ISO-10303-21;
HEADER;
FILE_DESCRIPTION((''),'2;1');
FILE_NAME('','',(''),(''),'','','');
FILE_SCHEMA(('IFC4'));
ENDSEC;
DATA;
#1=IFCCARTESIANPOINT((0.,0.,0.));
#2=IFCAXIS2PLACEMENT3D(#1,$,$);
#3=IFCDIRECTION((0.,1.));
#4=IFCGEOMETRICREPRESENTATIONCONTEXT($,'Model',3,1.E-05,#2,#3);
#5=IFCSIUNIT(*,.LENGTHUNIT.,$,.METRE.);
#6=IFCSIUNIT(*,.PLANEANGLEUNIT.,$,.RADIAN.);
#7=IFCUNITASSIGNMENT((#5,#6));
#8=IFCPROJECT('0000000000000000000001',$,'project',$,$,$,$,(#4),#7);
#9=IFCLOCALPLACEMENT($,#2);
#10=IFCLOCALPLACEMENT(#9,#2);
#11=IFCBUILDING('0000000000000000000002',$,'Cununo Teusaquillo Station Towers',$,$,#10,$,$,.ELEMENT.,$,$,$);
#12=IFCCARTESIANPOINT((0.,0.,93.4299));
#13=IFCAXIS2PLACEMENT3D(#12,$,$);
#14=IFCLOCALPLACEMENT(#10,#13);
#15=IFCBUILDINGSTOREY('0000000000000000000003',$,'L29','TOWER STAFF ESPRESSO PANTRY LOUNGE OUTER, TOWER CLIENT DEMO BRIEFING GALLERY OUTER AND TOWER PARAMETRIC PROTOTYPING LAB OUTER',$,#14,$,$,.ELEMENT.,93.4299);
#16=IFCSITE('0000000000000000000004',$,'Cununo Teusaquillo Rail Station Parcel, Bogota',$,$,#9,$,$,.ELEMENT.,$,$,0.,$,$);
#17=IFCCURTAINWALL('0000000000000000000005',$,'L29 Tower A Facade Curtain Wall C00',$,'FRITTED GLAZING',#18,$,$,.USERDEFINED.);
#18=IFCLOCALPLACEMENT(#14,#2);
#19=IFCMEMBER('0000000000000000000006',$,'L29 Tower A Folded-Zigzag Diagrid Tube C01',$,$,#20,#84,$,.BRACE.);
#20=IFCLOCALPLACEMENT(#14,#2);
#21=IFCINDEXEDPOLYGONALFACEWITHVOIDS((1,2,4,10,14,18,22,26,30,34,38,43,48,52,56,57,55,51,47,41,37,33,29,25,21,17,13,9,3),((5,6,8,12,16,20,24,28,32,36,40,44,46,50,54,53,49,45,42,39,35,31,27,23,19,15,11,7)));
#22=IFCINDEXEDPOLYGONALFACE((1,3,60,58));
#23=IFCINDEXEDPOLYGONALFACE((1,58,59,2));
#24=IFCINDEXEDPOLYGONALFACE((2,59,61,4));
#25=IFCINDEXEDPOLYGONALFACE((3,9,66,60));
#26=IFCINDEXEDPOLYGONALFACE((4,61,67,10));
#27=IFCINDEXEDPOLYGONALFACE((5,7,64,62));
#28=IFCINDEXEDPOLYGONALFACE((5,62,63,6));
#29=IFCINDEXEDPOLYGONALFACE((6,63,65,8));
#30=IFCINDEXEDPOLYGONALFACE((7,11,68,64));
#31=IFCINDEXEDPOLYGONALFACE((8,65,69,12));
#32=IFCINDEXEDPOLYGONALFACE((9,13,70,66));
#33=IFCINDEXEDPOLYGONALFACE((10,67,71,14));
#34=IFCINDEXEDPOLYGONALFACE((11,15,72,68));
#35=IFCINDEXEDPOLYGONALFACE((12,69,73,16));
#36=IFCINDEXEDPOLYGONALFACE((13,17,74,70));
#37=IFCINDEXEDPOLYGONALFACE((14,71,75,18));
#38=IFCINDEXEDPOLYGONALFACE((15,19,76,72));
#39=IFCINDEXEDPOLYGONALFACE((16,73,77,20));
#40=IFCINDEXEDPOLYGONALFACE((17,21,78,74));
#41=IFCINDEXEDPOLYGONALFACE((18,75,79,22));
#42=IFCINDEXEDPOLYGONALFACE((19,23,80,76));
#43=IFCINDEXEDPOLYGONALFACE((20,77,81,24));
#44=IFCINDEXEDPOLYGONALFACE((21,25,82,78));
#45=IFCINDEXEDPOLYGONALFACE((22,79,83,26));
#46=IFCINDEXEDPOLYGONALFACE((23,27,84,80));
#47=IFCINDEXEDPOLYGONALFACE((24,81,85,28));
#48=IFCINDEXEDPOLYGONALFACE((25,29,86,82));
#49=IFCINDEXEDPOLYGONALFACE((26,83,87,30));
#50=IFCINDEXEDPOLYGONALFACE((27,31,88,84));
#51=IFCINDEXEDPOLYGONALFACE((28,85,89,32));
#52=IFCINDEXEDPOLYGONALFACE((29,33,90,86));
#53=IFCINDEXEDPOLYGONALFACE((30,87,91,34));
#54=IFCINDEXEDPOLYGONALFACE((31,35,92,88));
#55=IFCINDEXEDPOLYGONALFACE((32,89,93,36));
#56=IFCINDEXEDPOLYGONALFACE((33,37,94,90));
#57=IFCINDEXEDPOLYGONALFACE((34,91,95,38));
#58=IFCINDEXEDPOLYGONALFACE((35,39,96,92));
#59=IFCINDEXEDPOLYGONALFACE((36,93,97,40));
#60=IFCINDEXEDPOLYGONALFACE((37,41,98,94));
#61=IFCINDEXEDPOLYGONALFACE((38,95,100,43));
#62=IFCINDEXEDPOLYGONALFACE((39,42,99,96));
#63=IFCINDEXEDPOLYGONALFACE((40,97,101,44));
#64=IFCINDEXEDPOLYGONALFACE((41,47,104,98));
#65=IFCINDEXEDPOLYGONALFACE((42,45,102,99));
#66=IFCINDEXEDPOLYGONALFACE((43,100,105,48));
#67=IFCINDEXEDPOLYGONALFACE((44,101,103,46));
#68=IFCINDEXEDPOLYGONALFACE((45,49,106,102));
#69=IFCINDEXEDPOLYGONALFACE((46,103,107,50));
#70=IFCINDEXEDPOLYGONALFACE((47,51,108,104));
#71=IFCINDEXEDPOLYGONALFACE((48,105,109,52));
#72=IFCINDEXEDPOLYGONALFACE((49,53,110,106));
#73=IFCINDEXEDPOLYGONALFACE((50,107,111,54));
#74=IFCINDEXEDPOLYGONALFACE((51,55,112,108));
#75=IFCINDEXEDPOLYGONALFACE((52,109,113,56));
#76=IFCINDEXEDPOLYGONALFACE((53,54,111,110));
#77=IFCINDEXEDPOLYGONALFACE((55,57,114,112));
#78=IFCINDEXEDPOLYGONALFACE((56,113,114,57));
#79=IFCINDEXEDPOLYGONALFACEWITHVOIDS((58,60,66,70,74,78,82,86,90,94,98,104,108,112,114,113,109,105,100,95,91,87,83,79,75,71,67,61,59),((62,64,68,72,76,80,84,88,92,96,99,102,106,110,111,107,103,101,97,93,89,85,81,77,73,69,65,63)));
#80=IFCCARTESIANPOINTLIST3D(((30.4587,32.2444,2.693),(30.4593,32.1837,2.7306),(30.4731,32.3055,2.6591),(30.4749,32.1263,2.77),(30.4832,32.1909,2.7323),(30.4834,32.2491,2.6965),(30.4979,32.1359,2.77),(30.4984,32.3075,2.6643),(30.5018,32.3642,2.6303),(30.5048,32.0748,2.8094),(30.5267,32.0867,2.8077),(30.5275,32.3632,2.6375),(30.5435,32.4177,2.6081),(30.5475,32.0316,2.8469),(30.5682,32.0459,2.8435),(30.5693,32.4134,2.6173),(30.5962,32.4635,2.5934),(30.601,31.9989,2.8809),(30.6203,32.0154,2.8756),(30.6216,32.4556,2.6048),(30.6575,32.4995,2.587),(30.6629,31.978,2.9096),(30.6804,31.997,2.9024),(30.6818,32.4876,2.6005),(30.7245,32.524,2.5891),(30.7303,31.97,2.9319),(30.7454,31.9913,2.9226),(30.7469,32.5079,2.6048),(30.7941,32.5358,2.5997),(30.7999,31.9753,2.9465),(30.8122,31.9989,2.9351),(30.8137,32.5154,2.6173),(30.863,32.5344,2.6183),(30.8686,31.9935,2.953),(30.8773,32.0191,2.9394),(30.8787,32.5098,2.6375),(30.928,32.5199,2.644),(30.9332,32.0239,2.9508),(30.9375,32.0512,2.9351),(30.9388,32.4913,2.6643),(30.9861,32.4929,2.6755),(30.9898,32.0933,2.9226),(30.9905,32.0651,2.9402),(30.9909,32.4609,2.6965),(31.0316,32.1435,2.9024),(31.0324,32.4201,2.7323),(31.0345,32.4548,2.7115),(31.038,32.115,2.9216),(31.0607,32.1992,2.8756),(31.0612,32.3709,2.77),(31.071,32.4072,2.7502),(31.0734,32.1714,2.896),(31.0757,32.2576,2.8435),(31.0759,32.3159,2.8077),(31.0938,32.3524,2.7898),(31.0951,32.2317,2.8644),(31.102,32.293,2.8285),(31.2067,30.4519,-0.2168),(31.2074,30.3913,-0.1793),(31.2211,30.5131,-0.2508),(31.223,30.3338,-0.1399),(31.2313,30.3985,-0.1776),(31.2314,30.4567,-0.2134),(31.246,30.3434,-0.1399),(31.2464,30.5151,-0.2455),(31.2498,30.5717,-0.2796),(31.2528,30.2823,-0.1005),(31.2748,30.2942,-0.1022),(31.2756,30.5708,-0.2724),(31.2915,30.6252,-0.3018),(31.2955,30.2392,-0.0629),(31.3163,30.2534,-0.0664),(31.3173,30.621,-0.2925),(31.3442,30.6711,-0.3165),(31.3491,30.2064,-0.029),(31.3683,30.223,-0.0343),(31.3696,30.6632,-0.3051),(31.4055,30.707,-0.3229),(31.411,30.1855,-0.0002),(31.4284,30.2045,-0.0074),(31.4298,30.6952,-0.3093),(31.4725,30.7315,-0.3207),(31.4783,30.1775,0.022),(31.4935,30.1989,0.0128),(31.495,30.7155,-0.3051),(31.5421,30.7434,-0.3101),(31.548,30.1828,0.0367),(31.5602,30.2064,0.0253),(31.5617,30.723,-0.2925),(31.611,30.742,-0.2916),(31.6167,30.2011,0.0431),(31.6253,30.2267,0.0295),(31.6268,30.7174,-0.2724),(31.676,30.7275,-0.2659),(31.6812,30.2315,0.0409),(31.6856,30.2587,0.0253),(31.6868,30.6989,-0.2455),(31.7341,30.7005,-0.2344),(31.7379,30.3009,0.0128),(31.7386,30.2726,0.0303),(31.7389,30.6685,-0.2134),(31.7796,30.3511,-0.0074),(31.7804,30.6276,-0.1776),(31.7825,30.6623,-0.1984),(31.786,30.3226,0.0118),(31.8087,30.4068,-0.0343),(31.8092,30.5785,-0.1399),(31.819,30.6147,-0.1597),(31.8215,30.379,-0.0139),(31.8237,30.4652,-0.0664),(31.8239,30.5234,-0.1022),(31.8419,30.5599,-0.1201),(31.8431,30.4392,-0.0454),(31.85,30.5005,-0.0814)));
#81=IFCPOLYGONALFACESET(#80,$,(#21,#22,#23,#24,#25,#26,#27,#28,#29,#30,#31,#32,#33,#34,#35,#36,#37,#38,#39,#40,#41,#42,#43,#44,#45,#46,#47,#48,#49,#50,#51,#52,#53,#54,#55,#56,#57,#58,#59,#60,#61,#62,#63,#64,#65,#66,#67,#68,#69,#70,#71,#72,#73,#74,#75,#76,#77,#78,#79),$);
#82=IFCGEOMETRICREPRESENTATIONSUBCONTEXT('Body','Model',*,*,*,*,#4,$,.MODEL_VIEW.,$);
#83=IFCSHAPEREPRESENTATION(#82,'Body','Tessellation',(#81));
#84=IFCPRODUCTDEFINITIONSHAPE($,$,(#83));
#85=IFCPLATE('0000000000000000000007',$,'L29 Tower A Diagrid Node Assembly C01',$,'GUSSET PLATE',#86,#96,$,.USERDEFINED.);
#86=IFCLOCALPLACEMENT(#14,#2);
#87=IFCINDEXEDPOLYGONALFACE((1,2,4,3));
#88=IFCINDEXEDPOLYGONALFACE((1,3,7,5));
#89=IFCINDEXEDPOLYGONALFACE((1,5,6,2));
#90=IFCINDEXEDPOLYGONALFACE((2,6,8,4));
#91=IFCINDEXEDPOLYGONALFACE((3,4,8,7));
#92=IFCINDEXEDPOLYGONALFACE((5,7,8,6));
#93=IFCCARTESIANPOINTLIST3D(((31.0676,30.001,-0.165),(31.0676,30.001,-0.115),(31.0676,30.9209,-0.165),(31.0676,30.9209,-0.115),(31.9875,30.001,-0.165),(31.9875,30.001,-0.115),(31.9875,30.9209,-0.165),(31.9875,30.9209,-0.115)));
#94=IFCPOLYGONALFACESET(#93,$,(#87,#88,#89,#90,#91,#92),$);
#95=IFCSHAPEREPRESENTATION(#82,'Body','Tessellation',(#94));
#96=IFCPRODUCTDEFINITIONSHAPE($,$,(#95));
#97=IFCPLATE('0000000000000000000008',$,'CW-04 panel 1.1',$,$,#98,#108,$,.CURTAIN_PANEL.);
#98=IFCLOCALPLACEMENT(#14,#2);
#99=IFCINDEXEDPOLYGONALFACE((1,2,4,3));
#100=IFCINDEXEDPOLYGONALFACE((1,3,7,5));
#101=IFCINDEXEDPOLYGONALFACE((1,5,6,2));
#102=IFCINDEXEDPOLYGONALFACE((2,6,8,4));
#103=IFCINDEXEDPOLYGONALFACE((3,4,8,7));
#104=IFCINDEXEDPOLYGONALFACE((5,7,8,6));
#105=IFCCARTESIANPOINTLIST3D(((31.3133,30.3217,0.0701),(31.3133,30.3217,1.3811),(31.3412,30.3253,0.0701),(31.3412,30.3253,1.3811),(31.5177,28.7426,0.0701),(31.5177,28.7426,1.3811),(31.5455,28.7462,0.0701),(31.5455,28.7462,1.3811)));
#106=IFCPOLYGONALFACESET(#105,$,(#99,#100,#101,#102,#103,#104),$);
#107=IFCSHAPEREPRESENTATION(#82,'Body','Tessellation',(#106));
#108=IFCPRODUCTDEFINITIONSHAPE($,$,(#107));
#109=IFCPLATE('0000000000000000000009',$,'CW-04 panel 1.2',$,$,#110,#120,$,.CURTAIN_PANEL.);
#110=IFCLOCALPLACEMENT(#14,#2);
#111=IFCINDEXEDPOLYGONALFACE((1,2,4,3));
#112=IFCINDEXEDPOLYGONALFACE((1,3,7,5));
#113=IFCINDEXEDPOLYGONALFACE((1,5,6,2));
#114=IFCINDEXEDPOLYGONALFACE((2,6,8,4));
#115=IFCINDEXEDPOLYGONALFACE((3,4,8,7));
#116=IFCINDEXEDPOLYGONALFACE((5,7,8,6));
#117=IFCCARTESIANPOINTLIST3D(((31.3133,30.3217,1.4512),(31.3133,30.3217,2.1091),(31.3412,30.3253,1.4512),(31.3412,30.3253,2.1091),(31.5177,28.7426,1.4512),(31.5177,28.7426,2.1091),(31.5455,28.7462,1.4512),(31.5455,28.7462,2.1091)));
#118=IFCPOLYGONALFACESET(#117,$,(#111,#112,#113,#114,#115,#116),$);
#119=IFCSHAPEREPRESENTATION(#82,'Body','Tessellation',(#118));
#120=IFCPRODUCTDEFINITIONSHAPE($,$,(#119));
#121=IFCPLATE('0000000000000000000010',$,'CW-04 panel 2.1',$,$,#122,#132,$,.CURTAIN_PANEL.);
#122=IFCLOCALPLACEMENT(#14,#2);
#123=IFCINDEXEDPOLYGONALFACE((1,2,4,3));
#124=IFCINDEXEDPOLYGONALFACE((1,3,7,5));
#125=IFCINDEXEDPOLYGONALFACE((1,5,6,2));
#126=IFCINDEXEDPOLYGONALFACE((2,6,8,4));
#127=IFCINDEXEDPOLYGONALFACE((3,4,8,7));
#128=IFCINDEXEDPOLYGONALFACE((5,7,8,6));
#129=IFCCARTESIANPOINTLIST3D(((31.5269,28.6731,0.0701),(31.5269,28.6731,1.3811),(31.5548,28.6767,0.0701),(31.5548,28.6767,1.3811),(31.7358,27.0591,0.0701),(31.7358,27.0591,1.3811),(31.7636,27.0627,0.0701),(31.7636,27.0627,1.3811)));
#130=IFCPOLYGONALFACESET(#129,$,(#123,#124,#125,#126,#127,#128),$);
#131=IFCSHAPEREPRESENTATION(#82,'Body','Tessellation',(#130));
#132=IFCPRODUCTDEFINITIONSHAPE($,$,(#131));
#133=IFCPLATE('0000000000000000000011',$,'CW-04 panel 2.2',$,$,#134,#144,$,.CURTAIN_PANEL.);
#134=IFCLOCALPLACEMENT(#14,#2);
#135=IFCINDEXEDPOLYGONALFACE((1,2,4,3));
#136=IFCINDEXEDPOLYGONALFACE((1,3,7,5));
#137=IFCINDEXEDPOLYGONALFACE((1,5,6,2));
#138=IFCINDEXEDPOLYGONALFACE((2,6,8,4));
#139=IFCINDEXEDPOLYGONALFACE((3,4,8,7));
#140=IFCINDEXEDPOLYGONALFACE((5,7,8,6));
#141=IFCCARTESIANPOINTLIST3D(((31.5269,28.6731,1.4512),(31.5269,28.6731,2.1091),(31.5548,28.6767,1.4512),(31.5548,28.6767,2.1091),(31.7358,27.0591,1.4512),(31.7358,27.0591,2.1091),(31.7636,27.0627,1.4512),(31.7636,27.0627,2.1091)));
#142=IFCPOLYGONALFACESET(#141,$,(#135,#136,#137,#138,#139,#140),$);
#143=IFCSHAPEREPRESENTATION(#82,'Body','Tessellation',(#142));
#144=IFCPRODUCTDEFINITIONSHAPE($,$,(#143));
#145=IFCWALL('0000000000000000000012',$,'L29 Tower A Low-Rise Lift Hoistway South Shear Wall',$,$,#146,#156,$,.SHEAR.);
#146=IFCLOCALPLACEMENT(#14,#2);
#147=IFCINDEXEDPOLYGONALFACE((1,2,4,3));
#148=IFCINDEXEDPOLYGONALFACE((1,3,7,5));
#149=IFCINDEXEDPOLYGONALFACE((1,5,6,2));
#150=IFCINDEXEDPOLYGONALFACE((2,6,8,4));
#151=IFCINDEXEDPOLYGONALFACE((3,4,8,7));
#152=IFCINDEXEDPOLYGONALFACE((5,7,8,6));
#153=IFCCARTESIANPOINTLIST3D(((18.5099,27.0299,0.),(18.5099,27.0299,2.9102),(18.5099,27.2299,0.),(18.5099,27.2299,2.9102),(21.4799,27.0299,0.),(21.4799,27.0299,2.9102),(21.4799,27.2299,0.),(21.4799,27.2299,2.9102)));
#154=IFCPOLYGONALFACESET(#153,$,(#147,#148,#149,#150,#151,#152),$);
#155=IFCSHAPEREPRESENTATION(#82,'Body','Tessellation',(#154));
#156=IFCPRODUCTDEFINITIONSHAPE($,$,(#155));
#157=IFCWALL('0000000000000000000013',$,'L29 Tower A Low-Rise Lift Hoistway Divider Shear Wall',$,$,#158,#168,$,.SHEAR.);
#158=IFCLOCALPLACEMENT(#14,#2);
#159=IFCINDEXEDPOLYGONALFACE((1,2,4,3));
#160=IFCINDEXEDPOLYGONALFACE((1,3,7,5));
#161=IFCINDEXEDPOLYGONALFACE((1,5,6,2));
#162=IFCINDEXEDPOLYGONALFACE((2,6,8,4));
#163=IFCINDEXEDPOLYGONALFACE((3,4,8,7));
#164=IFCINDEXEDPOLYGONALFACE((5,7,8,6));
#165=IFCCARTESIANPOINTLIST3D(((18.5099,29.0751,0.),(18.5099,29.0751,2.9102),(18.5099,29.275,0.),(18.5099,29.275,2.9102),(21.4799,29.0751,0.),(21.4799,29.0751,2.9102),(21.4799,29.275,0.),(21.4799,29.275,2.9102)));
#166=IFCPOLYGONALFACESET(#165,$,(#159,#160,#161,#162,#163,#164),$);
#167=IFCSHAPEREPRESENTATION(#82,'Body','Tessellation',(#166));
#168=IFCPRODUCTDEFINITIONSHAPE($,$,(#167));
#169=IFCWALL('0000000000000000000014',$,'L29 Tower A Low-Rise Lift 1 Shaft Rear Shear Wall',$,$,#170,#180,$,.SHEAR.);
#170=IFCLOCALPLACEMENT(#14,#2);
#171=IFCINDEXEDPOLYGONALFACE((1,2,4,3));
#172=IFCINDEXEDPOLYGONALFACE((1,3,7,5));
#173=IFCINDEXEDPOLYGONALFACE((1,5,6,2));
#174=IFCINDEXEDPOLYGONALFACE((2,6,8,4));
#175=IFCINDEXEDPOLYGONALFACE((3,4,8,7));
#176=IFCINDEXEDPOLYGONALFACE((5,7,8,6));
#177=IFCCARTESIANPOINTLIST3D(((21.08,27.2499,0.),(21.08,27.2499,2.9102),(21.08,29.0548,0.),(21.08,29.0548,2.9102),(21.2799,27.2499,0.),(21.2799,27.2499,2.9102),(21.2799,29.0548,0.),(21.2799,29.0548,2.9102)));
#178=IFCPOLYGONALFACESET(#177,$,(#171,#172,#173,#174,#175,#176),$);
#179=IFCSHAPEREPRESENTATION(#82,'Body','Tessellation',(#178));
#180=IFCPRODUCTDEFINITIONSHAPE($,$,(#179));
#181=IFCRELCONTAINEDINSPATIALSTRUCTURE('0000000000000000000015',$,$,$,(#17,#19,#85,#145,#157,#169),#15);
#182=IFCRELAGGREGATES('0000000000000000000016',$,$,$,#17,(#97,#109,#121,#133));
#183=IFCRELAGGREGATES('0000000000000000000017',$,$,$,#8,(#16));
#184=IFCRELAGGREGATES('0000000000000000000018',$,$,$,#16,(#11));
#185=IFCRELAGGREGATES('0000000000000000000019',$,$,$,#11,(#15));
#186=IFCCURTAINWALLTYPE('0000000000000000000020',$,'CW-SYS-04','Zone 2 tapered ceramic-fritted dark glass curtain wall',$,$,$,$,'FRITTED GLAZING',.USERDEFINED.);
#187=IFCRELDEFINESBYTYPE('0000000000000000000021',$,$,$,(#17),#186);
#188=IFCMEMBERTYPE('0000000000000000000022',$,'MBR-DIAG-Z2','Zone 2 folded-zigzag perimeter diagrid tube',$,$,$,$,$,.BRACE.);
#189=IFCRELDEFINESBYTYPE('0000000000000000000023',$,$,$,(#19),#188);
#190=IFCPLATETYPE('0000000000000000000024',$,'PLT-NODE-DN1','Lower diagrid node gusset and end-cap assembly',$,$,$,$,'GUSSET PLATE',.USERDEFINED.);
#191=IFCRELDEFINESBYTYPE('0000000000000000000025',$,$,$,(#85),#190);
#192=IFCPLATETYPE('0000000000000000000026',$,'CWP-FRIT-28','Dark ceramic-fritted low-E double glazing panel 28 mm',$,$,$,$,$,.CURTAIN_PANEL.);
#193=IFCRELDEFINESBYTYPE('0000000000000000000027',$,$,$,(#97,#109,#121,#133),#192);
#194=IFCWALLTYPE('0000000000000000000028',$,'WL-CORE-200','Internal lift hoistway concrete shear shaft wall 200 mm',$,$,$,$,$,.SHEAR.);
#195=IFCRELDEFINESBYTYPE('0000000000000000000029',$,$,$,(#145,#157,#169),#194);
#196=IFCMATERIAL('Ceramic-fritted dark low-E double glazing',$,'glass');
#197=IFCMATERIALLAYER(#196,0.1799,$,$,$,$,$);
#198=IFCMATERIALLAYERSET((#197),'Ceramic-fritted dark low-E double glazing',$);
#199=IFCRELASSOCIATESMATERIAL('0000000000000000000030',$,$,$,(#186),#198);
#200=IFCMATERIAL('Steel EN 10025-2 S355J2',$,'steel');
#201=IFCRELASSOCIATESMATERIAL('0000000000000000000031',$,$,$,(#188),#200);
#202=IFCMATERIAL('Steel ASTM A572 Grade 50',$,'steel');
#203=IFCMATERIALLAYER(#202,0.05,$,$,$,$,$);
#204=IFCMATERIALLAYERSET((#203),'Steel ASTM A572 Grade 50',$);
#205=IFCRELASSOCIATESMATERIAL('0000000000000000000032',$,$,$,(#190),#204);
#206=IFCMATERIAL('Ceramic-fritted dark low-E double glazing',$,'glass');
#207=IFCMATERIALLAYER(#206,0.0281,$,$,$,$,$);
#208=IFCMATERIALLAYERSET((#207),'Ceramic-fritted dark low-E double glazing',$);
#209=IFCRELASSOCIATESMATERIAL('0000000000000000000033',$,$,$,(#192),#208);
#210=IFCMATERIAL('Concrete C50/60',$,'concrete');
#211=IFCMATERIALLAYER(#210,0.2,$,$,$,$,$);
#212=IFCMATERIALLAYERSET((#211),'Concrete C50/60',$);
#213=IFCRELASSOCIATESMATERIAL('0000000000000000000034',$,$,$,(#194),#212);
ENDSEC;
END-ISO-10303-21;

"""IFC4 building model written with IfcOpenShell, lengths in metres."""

from ifc_helpers import new_model, si_unit, direction, frame, frame_2d, origin, origin_2d, place, context, subcontext, project, spatial, rectangle, hollow_circle, extrude, source, transform, mapped, material, layer, layer_set, material_profile, profile_set, type_object, element, aggregate, save


model = new_model("IFC4")

# Units and contexts
model_context = context("Model", 3, precision=1e-05, world=origin(), true_north=direction((0.0, 1.0)))
body_context = subcontext(model_context, "Body", "Model", "MODEL_VIEW")
ifc_project = project(units=[si_unit("LENGTHUNIT", "METRE"), si_unit("PLANEANGLEUNIT", "RADIAN")], contexts=[model_context])

# Site, building, storey
site_placement = place(None, origin())
site = spatial("IfcSite", under=ifc_project, at=site_placement, Name="Cununo Teusaquillo Rail Station Parcel, Bogota", CompositionType="ELEMENT", RefElevation=0.0)
building_placement = place(site_placement, origin())
building = spatial("IfcBuilding", under=site, at=building_placement, Name="Cununo Teusaquillo Station Towers", CompositionType="ELEMENT")
storey_placement = place(building_placement, frame((0.0, 0.0, 93.4299)))
storey = spatial("IfcBuildingStorey", under=building, at=storey_placement, Name="L29", Description="TOWER STAFF ESPRESSO PANTRY LOUNGE OUTER, TOWER CLIENT DEMO BRIEFING GALLERY OUTER AND TOWER PARAMETRIC PROTOTYPING LAB OUTER", CompositionType="ELEMENT", Elevation=93.4299)

# Curtain wall
ifc_material_1 = material(Name="Ceramic-fritted dark low-E double glazing", Category="glass")
ifc_layer_1 = layer(ifc_material_1, 0.1799)
ifc_layer_set_1 = layer_set([ifc_layer_1], Name="Ceramic-fritted dark low-E double glazing")
curtain_wall_type = type_object("IfcCurtainWallType", Name="CW-SYS-04", Description="Zone 2 tapered ceramic-fritted dark glass curtain wall", ElementType="FRITTED GLAZING", PredefinedType="USERDEFINED", material=ifc_layer_set_1)
curtain_wall_placement = place(storey_placement, origin())
curtain_wall = element("IfcCurtainWall", 1, at=curtain_wall_placement, inside=storey, type_object=curtain_wall_type, Name="L29 Tower A Facade Curtain Wall C00", ObjectType="FRITTED GLAZING", PredefinedType="USERDEFINED")

# Member
ifc_material_2 = material(Name="Steel EN 10025-2 S355J2", Category="steel")
ifc_material_profile_1 = material_profile(ifc_material_2, hollow_circle(Radius=0.3301, WallThickness=0.0249, at=origin_2d()), Name="CHS 660x25")
ifc_profile_set_1 = profile_set([ifc_material_profile_1], Name="Steel EN 10025-2 S355J2")
member_type_1 = type_object("IfcMemberType", Name="MBR-DIAG-Z2", Description="Zone 2 folded-zigzag perimeter diagrid tube", PredefinedType="BRACE", material=ifc_profile_set_1)
member_1_placement = place(storey_placement, frame((31.5276, 30.4609, -0.1399), z_axis=(-0.213814, 0.512343, 0.831738), x_axis=(-0.922861, -0.385133, 0.0)))
element("IfcMember", 2, at=member_1_placement, inside=storey, type_object=member_type_1, Name="L29 Tower A Folded-Zigzag Diagrid Tube C01", PredefinedType="BRACE", context=body_context, shape_type="SweptSolid", body=[
    extrude(hollow_circle(Radius=0.3301, WallThickness=0.0249, at=origin_2d()), origin(), (0.0, 0.0, 1.0), 3.4985),
])

# Plates
ifc_material_3 = material(Name="Steel ASTM A572 Grade 50", Category="steel")
ifc_layer_2 = layer(ifc_material_3, 0.05)
ifc_layer_set_2 = layer_set([ifc_layer_2], Name="Steel ASTM A572 Grade 50")
plate_type_1 = type_object("IfcPlateType", Name="PLT-NODE-DN1", Description="Lower diagrid node gusset and end-cap assembly", ElementType="GUSSET PLATE", PredefinedType="USERDEFINED", material=ifc_layer_set_2)
shared_shape_1 = source(origin(), body_context, "Body", "SweptSolid", [
    extrude(rectangle(XDim=0.9199, YDim=0.9199, at=origin_2d()), origin(), (0.0, 0.0, 1.0), 0.05),
])
plate_1_placement = place(storey_placement, frame((31.5276, 30.4609, -0.165), z_axis=(0.0, 0.0, 1.0), x_axis=(1.0, 0.0, 0.0)))
element("IfcPlate", 3, at=plate_1_placement, inside=storey, type_object=plate_type_1, Name="L29 Tower A Diagrid Node Assembly C01", ObjectType="GUSSET PLATE", PredefinedType="USERDEFINED", context=body_context, shape_type="MappedRepresentation", body=[
    mapped(shared_shape_1, transform((0.0, 0.0, 0.0), x_axis=(1.0, 0.0, 0.0), y_axis=(0.0, 1.0, 0.0), z_axis=(0.0, 0.0, 1.0), scale=1.0)),
])
ifc_material_4 = material(Name="Ceramic-fritted dark low-E double glazing", Category="glass")
ifc_layer_3 = layer(ifc_material_4, 0.0281)
ifc_layer_set_3 = layer_set([ifc_layer_3], Name="Ceramic-fritted dark low-E double glazing")
plate_type_2 = type_object("IfcPlateType", Name="CWP-FRIT-28", Description="Dark ceramic-fritted low-E double glazing panel 28 mm", PredefinedType="CURTAIN_PANEL", material=ifc_layer_set_3)
shared_shape_2 = source(origin(), body_context, "Body", "SweptSolid", [
    extrude(rectangle(XDim=1.5923, YDim=0.0281, at=origin_2d()), origin(), (0.0, 0.0, 1.0), 1.311),
])
plate_2_placement = place(storey_placement, frame((31.4294, 29.5339, 0.0701), z_axis=(0.0, 0.0, 1.0), x_axis=(0.128336, -0.991731, 0.0)))
plate_2 = element("IfcPlate", 4, at=plate_2_placement, type_object=plate_type_2, Name="CW-04 panel 1.1", PredefinedType="CURTAIN_PANEL", context=body_context, shape_type="MappedRepresentation", body=[
    mapped(shared_shape_2, transform((0.0, 0.0, 0.0), x_axis=(1.0, 0.0, 0.0), y_axis=(0.0, 1.0, 0.0), z_axis=(0.0, 0.0, 1.0), scale=1.0)),
])
shared_shape_3 = source(origin(), body_context, "Body", "SweptSolid", [
    extrude(rectangle(XDim=1.5923, YDim=0.0281, at=origin_2d()), origin(), (0.0, 0.0, 1.0), 0.658),
])
plate_3_placement = place(storey_placement, frame((31.4294, 29.5339, 1.4512), z_axis=(0.0, 0.0, 1.0), x_axis=(0.128336, -0.991731, 0.0)))
plate_3 = element("IfcPlate", 5, at=plate_3_placement, type_object=plate_type_2, Name="CW-04 panel 1.2", PredefinedType="CURTAIN_PANEL", context=body_context, shape_type="MappedRepresentation", body=[
    mapped(shared_shape_3, transform((0.0, 0.0, 0.0), x_axis=(1.0, 0.0, 0.0), y_axis=(0.0, 1.0, 0.0), z_axis=(0.0, 0.0, 1.0), scale=1.0)),
])
shared_shape_4 = source(origin(), body_context, "Body", "SweptSolid", [
    extrude(rectangle(XDim=1.6274, YDim=0.0281, at=origin_2d()), origin(), (0.0, 0.0, 1.0), 1.311),
])
plate_4_placement = place(storey_placement, frame((31.6453, 27.8679, 0.0701), z_axis=(0.0, 0.0, 1.0), x_axis=(0.128336, -0.991731, 0.0)))
plate_4 = element("IfcPlate", 6, at=plate_4_placement, type_object=plate_type_2, Name="CW-04 panel 2.1", PredefinedType="CURTAIN_PANEL", context=body_context, shape_type="MappedRepresentation", body=[
    mapped(shared_shape_4, transform((0.0, 0.0, 0.0), x_axis=(1.0, 0.0, 0.0), y_axis=(0.0, 1.0, 0.0), z_axis=(0.0, 0.0, 1.0), scale=1.0)),
])
shared_shape_5 = source(origin(), body_context, "Body", "SweptSolid", [
    extrude(rectangle(XDim=1.6274, YDim=0.0281, at=origin_2d()), origin(), (0.0, 0.0, 1.0), 0.658),
])
plate_5_placement = place(storey_placement, frame((31.6453, 27.8679, 1.4512), z_axis=(0.0, 0.0, 1.0), x_axis=(0.128336, -0.991731, 0.0)))
plate_5 = element("IfcPlate", 7, at=plate_5_placement, type_object=plate_type_2, Name="CW-04 panel 2.2", PredefinedType="CURTAIN_PANEL", context=body_context, shape_type="MappedRepresentation", body=[
    mapped(shared_shape_5, transform((0.0, 0.0, 0.0), x_axis=(1.0, 0.0, 0.0), y_axis=(0.0, 1.0, 0.0), z_axis=(0.0, 0.0, 1.0), scale=1.0)),
])
aggregate(curtain_wall, [plate_2, plate_3, plate_4, plate_5])

# Walls
ifc_material_5 = material(Name="Concrete C50/60", Category="concrete")
ifc_layer_4 = layer(ifc_material_5, 0.2)
ifc_layer_set_4 = layer_set([ifc_layer_4], Name="Concrete C50/60")
wall_type_1 = type_object("IfcWallType", Name="WL-CORE-200", Description="Internal lift hoistway concrete shear shaft wall 200 mm", PredefinedType="SHEAR", material=ifc_layer_set_4)
for number, where, z_axis, x_axis, name in (
    (8, (18.51, 27.1299, 0.0), (0.0, 0.0, 1.0), (1.0, 0.0, 0.0), "L29 Tower A Low-Rise Lift Hoistway South Shear Wall"),
    (9, (18.51, 29.175, 0.0), (0.0, 0.0, 1.0), (1.0, 0.0, 0.0), "L29 Tower A Low-Rise Lift Hoistway Divider Shear Wall"),
):
    element("IfcWall", number, at=place(storey_placement, frame(where, z_axis=z_axis, x_axis=x_axis)), inside=storey, type_object=wall_type_1, Name=name, PredefinedType="SHEAR", context=body_context, shape_type="SweptSolid", body=[
        extrude(rectangle(XDim=2.97, YDim=0.2, at=frame_2d((1.4849, 0.0))), origin(), (0.0, 0.0, 1.0), 2.9102),
    ])
wall_1_placement = place(storey_placement, frame((21.1799, 27.25, 0.0), z_axis=(0.0, 0.0, 1.0), x_axis=(0.0, 1.0, 0.0)))
element("IfcWall", 10, at=wall_1_placement, inside=storey, type_object=wall_type_1, Name="L29 Tower A Low-Rise Lift 1 Shaft Rear Shear Wall", PredefinedType="SHEAR", context=body_context, shape_type="SweptSolid", body=[
    extrude(rectangle(XDim=1.8049, YDim=0.2, at=frame_2d((0.9023, 0.0))), origin(), (0.0, 0.0, 1.0), 2.9102),
])

save(model, "model.ifc")
